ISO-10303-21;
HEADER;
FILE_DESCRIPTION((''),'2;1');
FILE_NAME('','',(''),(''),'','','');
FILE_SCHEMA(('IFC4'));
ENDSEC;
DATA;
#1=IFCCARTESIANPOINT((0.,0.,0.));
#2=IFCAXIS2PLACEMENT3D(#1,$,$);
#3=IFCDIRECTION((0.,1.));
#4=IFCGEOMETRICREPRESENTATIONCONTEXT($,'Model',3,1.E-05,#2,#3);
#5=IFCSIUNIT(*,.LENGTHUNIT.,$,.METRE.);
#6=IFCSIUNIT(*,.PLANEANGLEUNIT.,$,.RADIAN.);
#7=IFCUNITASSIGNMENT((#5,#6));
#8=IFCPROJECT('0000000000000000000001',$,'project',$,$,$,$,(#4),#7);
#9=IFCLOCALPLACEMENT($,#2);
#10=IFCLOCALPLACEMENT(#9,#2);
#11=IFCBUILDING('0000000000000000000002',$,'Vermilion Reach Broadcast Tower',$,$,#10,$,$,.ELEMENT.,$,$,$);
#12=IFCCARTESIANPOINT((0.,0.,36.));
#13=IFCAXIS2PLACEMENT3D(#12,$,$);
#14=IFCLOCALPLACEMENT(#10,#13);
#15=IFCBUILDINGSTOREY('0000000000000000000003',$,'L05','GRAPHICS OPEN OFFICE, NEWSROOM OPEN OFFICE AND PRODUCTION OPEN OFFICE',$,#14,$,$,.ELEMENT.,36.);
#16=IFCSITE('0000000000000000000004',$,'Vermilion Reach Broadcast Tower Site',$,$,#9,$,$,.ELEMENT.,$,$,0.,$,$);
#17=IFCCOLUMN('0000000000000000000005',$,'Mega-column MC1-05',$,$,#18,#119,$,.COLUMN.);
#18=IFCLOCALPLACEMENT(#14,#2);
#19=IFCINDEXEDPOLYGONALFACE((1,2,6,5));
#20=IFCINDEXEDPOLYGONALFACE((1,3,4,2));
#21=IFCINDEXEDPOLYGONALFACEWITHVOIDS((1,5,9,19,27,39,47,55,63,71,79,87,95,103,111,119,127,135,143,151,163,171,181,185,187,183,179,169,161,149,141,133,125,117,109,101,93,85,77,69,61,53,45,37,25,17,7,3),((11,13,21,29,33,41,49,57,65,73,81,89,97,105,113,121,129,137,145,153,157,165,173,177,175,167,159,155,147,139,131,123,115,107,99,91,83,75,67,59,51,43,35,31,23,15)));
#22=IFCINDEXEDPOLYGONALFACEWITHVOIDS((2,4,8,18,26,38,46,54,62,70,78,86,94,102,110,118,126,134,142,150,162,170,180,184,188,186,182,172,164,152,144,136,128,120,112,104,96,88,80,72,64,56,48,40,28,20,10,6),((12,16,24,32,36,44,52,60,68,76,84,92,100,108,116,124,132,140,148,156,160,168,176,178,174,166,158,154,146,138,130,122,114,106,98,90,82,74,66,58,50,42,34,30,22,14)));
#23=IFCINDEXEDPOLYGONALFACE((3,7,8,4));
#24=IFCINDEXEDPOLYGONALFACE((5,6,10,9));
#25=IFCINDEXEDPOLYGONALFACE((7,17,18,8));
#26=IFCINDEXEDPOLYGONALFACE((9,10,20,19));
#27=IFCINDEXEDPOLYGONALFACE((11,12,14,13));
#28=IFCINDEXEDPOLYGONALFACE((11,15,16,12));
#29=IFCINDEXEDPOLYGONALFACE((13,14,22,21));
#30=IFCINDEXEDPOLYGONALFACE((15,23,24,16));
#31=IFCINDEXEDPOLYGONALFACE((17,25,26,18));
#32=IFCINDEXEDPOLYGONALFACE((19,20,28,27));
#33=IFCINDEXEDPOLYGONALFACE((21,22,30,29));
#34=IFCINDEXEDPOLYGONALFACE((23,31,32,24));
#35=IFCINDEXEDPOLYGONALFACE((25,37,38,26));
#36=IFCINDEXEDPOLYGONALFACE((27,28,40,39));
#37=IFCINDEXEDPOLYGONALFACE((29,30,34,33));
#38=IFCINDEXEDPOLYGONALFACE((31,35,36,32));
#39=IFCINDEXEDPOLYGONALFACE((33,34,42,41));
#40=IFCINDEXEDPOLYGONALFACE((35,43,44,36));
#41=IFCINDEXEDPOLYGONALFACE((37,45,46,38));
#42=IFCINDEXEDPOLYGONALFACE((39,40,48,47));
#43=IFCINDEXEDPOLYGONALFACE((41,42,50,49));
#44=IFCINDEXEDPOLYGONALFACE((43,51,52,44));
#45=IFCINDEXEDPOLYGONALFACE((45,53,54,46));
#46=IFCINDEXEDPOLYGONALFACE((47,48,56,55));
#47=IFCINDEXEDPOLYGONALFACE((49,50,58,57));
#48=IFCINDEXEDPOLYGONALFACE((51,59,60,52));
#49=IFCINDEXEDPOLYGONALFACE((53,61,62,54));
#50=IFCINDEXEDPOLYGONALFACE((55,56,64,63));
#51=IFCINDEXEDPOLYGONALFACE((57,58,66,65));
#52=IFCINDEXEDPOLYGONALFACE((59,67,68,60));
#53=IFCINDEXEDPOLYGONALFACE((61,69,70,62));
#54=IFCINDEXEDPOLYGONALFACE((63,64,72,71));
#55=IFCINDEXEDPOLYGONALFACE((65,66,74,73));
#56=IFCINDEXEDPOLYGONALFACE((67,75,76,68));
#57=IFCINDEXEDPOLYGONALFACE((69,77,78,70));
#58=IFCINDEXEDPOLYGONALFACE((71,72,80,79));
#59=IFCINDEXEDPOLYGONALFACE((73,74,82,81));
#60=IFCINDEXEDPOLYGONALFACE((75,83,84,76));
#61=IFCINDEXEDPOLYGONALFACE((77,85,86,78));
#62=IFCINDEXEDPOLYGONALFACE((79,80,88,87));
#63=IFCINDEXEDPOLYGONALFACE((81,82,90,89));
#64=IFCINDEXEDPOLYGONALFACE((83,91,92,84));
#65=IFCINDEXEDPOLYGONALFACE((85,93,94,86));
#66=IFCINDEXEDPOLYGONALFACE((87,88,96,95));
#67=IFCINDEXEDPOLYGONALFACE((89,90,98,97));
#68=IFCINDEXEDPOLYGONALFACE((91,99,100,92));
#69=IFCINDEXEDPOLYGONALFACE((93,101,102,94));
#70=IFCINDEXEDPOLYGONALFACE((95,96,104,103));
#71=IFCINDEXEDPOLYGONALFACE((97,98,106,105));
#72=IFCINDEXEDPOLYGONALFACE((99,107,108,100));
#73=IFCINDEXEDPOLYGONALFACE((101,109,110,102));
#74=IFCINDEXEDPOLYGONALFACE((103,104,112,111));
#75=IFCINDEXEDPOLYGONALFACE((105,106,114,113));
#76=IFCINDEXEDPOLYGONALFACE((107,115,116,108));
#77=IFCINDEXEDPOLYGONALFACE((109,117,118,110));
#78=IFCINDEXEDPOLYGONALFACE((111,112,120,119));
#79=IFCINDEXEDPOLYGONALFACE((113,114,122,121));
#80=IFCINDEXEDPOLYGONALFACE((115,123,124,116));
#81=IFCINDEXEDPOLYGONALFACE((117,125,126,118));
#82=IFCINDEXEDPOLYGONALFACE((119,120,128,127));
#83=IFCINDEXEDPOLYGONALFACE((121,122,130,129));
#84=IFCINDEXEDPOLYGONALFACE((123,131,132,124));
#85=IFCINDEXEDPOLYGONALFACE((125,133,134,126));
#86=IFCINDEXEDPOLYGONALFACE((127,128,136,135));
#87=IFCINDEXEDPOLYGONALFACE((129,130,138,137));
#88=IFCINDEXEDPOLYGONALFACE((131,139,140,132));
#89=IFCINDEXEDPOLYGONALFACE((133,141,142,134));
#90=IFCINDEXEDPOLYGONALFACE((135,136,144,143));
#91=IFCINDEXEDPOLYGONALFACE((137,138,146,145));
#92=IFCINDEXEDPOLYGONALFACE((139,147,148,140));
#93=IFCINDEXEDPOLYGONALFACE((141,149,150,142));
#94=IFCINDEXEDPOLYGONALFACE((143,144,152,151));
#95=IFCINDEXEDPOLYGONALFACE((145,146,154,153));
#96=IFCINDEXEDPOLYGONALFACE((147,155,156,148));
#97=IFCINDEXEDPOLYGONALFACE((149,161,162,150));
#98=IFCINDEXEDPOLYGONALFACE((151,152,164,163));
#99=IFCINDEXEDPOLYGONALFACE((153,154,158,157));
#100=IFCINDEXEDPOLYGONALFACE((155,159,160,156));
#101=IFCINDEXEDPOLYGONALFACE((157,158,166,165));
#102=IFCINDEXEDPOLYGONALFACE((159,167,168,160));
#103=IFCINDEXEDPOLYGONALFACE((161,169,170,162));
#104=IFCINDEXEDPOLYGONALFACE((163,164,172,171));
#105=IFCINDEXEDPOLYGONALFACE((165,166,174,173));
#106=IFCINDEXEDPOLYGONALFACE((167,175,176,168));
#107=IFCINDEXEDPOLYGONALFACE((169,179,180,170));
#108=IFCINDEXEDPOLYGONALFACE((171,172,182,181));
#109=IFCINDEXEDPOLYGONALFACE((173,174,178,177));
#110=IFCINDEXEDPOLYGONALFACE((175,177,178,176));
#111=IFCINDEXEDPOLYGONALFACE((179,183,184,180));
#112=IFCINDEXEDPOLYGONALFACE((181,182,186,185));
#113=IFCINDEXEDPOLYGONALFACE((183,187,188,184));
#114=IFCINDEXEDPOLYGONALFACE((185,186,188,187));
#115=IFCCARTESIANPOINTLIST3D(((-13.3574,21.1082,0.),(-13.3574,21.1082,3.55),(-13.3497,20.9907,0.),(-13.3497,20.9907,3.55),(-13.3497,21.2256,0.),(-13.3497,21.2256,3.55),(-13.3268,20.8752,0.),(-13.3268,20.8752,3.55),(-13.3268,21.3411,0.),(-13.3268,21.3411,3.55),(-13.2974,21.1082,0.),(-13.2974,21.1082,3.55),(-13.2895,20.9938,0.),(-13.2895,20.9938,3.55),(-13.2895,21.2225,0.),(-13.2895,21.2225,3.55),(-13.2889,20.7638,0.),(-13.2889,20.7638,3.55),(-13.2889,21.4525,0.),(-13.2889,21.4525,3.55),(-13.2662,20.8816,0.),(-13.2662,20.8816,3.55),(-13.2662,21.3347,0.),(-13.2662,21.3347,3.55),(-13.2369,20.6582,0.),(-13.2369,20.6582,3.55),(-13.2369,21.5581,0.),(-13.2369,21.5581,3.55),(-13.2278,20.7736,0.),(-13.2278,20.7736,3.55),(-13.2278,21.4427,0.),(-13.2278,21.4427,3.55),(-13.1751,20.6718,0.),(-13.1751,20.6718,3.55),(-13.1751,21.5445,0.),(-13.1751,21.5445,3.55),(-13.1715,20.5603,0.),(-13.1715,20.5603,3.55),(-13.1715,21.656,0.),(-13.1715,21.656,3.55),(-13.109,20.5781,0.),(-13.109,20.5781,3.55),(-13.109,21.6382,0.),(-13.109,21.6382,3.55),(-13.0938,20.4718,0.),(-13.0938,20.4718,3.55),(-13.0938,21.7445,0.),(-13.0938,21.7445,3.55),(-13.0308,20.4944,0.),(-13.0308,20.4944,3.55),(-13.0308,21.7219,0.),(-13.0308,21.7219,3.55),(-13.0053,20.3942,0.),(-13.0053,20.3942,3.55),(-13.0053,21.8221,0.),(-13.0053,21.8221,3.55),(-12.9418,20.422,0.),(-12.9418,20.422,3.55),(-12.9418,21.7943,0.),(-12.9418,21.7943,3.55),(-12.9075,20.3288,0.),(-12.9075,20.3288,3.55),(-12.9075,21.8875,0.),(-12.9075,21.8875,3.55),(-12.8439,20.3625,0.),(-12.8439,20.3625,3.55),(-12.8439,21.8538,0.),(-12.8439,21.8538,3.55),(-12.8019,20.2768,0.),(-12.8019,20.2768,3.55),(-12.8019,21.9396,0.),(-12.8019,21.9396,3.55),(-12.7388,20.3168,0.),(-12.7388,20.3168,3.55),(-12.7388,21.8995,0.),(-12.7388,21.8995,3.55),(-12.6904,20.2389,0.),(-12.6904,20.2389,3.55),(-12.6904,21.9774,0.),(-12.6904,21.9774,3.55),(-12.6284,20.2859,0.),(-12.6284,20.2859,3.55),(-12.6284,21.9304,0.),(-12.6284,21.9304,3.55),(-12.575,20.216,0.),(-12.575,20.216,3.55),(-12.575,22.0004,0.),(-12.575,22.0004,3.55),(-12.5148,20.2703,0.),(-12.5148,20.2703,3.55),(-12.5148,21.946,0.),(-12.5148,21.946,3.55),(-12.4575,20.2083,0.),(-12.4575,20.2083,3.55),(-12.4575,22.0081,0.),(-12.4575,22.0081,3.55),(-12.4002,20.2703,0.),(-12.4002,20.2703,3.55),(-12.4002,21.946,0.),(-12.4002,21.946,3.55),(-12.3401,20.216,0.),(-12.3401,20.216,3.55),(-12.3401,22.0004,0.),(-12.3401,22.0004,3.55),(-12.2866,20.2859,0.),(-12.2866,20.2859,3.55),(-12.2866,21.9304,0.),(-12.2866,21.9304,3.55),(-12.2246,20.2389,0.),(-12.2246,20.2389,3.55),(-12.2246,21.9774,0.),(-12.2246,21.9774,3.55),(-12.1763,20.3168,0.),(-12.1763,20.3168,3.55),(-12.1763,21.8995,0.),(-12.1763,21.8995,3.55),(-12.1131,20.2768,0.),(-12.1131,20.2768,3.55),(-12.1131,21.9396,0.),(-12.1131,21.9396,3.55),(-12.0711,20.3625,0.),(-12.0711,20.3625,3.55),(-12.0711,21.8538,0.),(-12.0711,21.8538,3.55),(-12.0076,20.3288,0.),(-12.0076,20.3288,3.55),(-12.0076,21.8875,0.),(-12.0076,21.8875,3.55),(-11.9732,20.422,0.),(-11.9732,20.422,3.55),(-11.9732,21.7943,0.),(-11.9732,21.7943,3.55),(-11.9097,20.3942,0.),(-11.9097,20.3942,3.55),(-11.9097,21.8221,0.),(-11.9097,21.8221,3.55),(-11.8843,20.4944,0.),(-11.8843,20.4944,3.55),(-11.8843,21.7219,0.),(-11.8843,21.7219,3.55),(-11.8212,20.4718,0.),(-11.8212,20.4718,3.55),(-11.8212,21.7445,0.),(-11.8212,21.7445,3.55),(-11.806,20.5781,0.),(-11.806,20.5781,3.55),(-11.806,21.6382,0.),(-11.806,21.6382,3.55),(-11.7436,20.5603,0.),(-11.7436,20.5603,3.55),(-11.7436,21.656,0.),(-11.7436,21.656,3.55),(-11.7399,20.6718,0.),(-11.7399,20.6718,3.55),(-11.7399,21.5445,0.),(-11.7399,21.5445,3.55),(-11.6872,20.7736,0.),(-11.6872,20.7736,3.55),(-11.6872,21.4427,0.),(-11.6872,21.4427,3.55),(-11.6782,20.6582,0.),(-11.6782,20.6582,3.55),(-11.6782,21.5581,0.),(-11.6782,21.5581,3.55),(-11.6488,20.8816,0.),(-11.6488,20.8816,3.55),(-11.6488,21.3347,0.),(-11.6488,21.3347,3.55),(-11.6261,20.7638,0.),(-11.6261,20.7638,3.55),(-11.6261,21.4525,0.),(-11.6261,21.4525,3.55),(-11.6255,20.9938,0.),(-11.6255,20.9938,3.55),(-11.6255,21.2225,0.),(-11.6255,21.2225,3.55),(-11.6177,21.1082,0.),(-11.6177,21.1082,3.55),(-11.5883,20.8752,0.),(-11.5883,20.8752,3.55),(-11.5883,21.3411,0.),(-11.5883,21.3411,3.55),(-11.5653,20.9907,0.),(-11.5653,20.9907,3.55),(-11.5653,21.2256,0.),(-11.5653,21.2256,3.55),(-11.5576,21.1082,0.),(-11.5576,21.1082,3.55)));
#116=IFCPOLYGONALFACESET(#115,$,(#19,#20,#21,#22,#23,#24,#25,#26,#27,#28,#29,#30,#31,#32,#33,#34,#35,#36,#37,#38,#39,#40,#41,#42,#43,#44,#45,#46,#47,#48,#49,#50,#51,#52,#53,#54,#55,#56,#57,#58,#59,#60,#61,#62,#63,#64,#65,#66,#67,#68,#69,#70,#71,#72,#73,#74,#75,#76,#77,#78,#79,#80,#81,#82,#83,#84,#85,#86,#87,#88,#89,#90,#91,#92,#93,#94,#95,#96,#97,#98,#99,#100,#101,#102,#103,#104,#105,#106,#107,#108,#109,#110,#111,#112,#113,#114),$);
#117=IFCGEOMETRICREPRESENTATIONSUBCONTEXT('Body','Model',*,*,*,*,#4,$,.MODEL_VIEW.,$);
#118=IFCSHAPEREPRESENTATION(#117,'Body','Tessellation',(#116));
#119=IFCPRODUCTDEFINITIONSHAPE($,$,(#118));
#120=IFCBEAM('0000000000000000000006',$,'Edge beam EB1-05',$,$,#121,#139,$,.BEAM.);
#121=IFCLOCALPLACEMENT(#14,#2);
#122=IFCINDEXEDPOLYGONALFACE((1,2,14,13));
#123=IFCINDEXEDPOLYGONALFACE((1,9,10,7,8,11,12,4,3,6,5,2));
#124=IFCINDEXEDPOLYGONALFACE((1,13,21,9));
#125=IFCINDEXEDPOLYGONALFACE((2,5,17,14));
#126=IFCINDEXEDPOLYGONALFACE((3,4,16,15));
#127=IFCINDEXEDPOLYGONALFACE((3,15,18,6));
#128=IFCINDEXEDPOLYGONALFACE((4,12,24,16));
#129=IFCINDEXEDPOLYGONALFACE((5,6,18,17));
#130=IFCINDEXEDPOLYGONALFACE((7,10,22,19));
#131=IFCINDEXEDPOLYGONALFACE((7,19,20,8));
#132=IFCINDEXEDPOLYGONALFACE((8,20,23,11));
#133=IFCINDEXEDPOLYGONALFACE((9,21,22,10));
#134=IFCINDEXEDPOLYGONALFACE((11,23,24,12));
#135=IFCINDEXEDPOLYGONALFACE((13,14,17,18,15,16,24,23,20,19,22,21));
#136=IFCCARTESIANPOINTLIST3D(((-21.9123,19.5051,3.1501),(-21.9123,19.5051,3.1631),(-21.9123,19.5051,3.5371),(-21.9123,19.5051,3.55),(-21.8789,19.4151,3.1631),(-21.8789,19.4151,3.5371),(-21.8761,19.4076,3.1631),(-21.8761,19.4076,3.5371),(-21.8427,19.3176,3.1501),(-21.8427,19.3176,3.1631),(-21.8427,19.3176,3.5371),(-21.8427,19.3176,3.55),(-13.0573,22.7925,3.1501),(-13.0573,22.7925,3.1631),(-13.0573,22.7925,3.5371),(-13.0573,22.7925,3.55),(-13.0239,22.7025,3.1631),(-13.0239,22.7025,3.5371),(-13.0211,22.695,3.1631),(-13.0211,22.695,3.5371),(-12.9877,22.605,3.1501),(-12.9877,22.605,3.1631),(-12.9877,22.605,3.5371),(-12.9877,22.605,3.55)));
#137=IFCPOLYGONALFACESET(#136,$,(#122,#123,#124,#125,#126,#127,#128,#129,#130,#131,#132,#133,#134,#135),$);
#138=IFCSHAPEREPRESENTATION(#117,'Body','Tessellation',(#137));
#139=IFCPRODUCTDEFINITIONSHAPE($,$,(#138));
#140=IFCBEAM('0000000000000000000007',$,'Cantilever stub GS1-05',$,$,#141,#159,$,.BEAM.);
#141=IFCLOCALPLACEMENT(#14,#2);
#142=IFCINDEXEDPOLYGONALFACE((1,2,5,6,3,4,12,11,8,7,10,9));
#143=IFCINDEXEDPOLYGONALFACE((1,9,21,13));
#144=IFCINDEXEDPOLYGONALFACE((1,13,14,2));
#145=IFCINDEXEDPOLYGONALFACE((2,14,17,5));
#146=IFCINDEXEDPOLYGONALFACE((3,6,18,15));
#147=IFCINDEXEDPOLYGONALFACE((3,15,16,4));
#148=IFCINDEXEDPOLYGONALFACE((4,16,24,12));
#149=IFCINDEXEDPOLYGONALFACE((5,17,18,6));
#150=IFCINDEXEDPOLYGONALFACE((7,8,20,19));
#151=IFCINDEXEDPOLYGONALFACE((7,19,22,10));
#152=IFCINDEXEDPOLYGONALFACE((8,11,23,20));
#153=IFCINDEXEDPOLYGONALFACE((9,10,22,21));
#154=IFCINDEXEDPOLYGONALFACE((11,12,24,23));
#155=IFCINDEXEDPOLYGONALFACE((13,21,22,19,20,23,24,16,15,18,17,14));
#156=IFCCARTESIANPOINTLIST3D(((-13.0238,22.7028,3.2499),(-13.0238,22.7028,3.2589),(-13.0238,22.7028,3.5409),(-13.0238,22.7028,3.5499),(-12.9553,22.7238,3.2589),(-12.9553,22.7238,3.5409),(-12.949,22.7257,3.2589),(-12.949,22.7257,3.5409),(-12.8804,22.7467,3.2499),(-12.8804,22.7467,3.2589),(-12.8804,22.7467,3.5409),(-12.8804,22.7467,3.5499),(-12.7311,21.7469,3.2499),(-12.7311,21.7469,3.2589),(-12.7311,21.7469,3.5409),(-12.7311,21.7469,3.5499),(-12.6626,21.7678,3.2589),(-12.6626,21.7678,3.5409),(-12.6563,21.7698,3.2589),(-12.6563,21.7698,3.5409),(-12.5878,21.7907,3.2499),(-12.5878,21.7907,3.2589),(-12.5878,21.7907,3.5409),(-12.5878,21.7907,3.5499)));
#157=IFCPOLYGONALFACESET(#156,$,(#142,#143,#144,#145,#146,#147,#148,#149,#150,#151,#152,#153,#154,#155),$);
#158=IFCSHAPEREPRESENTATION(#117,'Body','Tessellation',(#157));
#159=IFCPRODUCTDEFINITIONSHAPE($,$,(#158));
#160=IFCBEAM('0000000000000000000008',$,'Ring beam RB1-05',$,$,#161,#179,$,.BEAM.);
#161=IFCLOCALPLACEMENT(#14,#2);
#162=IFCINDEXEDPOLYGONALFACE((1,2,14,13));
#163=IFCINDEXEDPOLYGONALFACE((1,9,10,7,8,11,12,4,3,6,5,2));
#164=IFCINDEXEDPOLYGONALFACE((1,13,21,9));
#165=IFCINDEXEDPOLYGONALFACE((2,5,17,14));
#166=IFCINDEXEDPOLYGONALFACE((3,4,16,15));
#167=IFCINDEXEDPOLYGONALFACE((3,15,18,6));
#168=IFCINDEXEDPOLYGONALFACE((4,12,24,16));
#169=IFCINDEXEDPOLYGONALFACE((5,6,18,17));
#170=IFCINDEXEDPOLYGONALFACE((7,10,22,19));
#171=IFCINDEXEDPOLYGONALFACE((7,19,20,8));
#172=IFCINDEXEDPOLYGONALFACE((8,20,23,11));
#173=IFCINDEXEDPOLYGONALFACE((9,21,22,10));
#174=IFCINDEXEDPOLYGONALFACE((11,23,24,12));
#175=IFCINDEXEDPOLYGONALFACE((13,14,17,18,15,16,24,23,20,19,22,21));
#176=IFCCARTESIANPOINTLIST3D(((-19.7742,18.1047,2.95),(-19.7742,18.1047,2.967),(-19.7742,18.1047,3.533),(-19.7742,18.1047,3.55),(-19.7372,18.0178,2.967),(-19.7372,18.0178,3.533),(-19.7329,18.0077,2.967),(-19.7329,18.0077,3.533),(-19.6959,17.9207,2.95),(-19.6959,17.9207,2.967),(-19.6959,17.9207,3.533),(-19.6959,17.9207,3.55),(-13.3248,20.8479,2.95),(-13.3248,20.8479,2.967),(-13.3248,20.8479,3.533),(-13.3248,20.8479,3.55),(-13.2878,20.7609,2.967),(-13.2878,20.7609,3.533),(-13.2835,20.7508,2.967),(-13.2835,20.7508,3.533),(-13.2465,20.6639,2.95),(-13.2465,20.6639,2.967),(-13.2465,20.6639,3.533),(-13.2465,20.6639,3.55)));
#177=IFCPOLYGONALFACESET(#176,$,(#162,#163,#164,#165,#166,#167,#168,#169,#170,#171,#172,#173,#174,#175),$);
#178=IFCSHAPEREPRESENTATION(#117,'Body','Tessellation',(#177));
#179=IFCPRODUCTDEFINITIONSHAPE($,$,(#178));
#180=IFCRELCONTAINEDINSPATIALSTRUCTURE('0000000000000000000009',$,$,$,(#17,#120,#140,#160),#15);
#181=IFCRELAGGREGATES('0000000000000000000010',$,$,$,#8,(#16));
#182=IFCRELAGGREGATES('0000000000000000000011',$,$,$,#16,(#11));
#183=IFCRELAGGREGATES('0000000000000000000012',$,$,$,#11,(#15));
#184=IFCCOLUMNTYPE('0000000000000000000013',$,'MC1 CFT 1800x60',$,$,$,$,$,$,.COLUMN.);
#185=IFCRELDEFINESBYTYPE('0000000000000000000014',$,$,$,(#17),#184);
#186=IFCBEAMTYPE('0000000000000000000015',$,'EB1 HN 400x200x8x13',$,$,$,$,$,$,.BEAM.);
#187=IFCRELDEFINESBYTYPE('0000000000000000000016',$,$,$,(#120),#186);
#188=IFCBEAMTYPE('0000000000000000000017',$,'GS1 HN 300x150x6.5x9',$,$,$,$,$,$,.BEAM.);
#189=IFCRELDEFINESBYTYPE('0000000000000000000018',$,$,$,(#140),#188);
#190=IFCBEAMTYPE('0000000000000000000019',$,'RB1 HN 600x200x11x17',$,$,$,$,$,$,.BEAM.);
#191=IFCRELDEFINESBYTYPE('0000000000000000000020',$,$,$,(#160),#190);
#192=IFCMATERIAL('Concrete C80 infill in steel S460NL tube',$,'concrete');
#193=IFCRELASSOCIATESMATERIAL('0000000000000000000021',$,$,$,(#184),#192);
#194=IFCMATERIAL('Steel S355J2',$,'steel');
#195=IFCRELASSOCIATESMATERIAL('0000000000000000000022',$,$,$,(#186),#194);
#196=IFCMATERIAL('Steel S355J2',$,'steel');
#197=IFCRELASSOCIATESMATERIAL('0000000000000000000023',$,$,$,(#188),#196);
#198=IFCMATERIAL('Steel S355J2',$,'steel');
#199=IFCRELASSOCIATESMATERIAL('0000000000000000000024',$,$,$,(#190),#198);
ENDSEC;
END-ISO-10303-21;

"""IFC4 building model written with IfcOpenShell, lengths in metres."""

from ifc_helpers import new_model, si_unit, direction, frame, origin, origin_2d, place, context, subcontext, project, spatial, hollow_circle, i_section, extrude, material, material_profile, profile_set, type_object, element, save


model = new_model("IFC4")

# Units and contexts
model_context = context("Model", 3, precision=1e-05, world=origin(), true_north=direction((0.0, 1.0)))
body_context = subcontext(model_context, "Body", "Model", "MODEL_VIEW")
ifc_project = project(units=[si_unit("LENGTHUNIT", "METRE"), si_unit("PLANEANGLEUNIT", "RADIAN")], contexts=[model_context])

# Site, building, storey
site_placement = place(None, origin())
site = spatial("IfcSite", under=ifc_project, at=site_placement, Name="Vermilion Reach Broadcast Tower Site", CompositionType="ELEMENT", RefElevation=0.0)
building_placement = place(site_placement, origin())
building = spatial("IfcBuilding", under=site, at=building_placement, Name="Vermilion Reach Broadcast Tower", CompositionType="ELEMENT")
storey_placement = place(building_placement, frame((0.0, 0.0, 36.0)))
storey = spatial("IfcBuildingStorey", under=building, at=storey_placement, Name="L05", Description="GRAPHICS OPEN OFFICE, NEWSROOM OPEN OFFICE AND PRODUCTION OPEN OFFICE", CompositionType="ELEMENT", Elevation=36.0)

# Column
ifc_material_1 = material(Name="Concrete C80 infill in steel S460NL tube", Category="concrete")
ifc_material_profile_1 = material_profile(ifc_material_1, hollow_circle(Radius=0.8999, WallThickness=0.0601, at=origin_2d()), Name="Concrete C80 infill in steel S460NL tube CFT 1800x60")
ifc_profile_set_1 = profile_set([ifc_material_profile_1], Name="Concrete C80 infill in steel S460NL tube")
column_type = type_object("IfcColumnType", Name="MC1 CFT 1800x60", PredefinedType="COLUMN", material=ifc_profile_set_1)
column_placement = place(storey_placement, frame((-12.4575, 21.1082, 0.0), z_axis=(0.0, 0.0, 1.0), x_axis=(1.0, 0.0, 0.0)))
element("IfcColumn", 1, at=column_placement, inside=storey, type_object=column_type, Name="Mega-column MC1-05", PredefinedType="COLUMN", context=body_context, shape_type="SweptSolid", body=[
    extrude(hollow_circle(Radius=0.8999, WallThickness=0.0601, at=origin_2d()), origin(), (0.0, 0.0, 1.0), 3.55),
])

# Beams
ifc_material_2 = material(Name="Steel S355J2", Category="steel")
ifc_material_profile_2 = material_profile(ifc_material_2, i_section(OverallWidth=0.2, OverallDepth=0.3999, WebThickness=0.0081, FlangeThickness=0.0129, at=origin_2d()), Name="S355J2 HN 400x200x8x13")
ifc_profile_set_2 = profile_set([ifc_material_profile_2], Name="Steel S355J2")
beam_type_1 = type_object("IfcBeamType", Name="EB1 HN 400x200x8x13", PredefinedType="BEAM", material=ifc_profile_set_2)
beam_1_placement = place(storey_placement, frame((-13.0225, 22.6987, 3.3501), z_axis=(-0.937482, -0.348034, 0.0), x_axis=(0.348034, -0.937482, 0.0)))
element("IfcBeam", 2, at=beam_1_placement, inside=storey, type_object=beam_type_1, Name="Edge beam EB1-05", PredefinedType="BEAM", context=body_context, shape_type="SweptSolid", body=[
    extrude(i_section(OverallWidth=0.2, OverallDepth=0.3999, WebThickness=0.0081, FlangeThickness=0.0129, at=origin_2d()), origin(), (0.0, 0.0, 1.0), 9.4456),
])
ifc_material_3 = material(Name="Steel S355J2", Category="steel")
ifc_material_profile_3 = material_profile(ifc_material_3, i_section(OverallWidth=0.1499, OverallDepth=0.3, WebThickness=0.0066, FlangeThickness=0.009, at=origin_2d()), Name="S355J2 HN 300x150x6.5x9")
ifc_profile_set_3 = profile_set([ifc_material_profile_3], Name="Steel S355J2")
beam_type_2 = type_object("IfcBeamType", Name="GS1 HN 300x150x6.5x9", PredefinedType="BEAM", material=ifc_profile_set_3)
beam_2_placement = place(storey_placement, frame((-12.6594, 21.7688, 3.3999), z_axis=(-0.292764, 0.956185, 0.0), x_axis=(-0.956185, -0.292764, 0.0)))
element("IfcBeam", 3, at=beam_2_placement, inside=storey, type_object=beam_type_2, Name="Cantilever stub GS1-05", PredefinedType="BEAM", context=body_context, shape_type="SweptSolid", body=[
    extrude(i_section(OverallWidth=0.1499, OverallDepth=0.3, WebThickness=0.0066, FlangeThickness=0.009, at=origin_2d()), origin(), (0.0, 0.0, 1.0), 0.9998),
])
ifc_material_4 = material(Name="Steel S355J2", Category="steel")
ifc_material_profile_4 = material_profile(ifc_material_4, i_section(OverallWidth=0.2, OverallDepth=0.6001, WebThickness=0.011, FlangeThickness=0.0171, at=origin_2d()), Name="S355J2 HN 600x200x11x17")
ifc_profile_set_4 = profile_set([ifc_material_profile_4], Name="Steel S355J2")
beam_type_3 = type_object("IfcBeamType", Name="RB1 HN 600x200x11x17", PredefinedType="BEAM", material=ifc_profile_set_4)
beam_3_placement = place(storey_placement, frame((-13.2856, 20.7559, 3.25), z_axis=(-0.920221, -0.3914, 0.0), x_axis=(0.3914, -0.920221, 0.0)))
element("IfcBeam", 4, at=beam_3_placement, inside=storey, type_object=beam_type_3, Name="Ring beam RB1-05", PredefinedType="BEAM", context=body_context, shape_type="SweptSolid", body=[
    extrude(i_section(OverallWidth=0.2, OverallDepth=0.6001, WebThickness=0.011, FlangeThickness=0.0171, at=origin_2d()), origin(), (0.0, 0.0, 1.0), 7.0085),
])

save(model, "model.ifc")
